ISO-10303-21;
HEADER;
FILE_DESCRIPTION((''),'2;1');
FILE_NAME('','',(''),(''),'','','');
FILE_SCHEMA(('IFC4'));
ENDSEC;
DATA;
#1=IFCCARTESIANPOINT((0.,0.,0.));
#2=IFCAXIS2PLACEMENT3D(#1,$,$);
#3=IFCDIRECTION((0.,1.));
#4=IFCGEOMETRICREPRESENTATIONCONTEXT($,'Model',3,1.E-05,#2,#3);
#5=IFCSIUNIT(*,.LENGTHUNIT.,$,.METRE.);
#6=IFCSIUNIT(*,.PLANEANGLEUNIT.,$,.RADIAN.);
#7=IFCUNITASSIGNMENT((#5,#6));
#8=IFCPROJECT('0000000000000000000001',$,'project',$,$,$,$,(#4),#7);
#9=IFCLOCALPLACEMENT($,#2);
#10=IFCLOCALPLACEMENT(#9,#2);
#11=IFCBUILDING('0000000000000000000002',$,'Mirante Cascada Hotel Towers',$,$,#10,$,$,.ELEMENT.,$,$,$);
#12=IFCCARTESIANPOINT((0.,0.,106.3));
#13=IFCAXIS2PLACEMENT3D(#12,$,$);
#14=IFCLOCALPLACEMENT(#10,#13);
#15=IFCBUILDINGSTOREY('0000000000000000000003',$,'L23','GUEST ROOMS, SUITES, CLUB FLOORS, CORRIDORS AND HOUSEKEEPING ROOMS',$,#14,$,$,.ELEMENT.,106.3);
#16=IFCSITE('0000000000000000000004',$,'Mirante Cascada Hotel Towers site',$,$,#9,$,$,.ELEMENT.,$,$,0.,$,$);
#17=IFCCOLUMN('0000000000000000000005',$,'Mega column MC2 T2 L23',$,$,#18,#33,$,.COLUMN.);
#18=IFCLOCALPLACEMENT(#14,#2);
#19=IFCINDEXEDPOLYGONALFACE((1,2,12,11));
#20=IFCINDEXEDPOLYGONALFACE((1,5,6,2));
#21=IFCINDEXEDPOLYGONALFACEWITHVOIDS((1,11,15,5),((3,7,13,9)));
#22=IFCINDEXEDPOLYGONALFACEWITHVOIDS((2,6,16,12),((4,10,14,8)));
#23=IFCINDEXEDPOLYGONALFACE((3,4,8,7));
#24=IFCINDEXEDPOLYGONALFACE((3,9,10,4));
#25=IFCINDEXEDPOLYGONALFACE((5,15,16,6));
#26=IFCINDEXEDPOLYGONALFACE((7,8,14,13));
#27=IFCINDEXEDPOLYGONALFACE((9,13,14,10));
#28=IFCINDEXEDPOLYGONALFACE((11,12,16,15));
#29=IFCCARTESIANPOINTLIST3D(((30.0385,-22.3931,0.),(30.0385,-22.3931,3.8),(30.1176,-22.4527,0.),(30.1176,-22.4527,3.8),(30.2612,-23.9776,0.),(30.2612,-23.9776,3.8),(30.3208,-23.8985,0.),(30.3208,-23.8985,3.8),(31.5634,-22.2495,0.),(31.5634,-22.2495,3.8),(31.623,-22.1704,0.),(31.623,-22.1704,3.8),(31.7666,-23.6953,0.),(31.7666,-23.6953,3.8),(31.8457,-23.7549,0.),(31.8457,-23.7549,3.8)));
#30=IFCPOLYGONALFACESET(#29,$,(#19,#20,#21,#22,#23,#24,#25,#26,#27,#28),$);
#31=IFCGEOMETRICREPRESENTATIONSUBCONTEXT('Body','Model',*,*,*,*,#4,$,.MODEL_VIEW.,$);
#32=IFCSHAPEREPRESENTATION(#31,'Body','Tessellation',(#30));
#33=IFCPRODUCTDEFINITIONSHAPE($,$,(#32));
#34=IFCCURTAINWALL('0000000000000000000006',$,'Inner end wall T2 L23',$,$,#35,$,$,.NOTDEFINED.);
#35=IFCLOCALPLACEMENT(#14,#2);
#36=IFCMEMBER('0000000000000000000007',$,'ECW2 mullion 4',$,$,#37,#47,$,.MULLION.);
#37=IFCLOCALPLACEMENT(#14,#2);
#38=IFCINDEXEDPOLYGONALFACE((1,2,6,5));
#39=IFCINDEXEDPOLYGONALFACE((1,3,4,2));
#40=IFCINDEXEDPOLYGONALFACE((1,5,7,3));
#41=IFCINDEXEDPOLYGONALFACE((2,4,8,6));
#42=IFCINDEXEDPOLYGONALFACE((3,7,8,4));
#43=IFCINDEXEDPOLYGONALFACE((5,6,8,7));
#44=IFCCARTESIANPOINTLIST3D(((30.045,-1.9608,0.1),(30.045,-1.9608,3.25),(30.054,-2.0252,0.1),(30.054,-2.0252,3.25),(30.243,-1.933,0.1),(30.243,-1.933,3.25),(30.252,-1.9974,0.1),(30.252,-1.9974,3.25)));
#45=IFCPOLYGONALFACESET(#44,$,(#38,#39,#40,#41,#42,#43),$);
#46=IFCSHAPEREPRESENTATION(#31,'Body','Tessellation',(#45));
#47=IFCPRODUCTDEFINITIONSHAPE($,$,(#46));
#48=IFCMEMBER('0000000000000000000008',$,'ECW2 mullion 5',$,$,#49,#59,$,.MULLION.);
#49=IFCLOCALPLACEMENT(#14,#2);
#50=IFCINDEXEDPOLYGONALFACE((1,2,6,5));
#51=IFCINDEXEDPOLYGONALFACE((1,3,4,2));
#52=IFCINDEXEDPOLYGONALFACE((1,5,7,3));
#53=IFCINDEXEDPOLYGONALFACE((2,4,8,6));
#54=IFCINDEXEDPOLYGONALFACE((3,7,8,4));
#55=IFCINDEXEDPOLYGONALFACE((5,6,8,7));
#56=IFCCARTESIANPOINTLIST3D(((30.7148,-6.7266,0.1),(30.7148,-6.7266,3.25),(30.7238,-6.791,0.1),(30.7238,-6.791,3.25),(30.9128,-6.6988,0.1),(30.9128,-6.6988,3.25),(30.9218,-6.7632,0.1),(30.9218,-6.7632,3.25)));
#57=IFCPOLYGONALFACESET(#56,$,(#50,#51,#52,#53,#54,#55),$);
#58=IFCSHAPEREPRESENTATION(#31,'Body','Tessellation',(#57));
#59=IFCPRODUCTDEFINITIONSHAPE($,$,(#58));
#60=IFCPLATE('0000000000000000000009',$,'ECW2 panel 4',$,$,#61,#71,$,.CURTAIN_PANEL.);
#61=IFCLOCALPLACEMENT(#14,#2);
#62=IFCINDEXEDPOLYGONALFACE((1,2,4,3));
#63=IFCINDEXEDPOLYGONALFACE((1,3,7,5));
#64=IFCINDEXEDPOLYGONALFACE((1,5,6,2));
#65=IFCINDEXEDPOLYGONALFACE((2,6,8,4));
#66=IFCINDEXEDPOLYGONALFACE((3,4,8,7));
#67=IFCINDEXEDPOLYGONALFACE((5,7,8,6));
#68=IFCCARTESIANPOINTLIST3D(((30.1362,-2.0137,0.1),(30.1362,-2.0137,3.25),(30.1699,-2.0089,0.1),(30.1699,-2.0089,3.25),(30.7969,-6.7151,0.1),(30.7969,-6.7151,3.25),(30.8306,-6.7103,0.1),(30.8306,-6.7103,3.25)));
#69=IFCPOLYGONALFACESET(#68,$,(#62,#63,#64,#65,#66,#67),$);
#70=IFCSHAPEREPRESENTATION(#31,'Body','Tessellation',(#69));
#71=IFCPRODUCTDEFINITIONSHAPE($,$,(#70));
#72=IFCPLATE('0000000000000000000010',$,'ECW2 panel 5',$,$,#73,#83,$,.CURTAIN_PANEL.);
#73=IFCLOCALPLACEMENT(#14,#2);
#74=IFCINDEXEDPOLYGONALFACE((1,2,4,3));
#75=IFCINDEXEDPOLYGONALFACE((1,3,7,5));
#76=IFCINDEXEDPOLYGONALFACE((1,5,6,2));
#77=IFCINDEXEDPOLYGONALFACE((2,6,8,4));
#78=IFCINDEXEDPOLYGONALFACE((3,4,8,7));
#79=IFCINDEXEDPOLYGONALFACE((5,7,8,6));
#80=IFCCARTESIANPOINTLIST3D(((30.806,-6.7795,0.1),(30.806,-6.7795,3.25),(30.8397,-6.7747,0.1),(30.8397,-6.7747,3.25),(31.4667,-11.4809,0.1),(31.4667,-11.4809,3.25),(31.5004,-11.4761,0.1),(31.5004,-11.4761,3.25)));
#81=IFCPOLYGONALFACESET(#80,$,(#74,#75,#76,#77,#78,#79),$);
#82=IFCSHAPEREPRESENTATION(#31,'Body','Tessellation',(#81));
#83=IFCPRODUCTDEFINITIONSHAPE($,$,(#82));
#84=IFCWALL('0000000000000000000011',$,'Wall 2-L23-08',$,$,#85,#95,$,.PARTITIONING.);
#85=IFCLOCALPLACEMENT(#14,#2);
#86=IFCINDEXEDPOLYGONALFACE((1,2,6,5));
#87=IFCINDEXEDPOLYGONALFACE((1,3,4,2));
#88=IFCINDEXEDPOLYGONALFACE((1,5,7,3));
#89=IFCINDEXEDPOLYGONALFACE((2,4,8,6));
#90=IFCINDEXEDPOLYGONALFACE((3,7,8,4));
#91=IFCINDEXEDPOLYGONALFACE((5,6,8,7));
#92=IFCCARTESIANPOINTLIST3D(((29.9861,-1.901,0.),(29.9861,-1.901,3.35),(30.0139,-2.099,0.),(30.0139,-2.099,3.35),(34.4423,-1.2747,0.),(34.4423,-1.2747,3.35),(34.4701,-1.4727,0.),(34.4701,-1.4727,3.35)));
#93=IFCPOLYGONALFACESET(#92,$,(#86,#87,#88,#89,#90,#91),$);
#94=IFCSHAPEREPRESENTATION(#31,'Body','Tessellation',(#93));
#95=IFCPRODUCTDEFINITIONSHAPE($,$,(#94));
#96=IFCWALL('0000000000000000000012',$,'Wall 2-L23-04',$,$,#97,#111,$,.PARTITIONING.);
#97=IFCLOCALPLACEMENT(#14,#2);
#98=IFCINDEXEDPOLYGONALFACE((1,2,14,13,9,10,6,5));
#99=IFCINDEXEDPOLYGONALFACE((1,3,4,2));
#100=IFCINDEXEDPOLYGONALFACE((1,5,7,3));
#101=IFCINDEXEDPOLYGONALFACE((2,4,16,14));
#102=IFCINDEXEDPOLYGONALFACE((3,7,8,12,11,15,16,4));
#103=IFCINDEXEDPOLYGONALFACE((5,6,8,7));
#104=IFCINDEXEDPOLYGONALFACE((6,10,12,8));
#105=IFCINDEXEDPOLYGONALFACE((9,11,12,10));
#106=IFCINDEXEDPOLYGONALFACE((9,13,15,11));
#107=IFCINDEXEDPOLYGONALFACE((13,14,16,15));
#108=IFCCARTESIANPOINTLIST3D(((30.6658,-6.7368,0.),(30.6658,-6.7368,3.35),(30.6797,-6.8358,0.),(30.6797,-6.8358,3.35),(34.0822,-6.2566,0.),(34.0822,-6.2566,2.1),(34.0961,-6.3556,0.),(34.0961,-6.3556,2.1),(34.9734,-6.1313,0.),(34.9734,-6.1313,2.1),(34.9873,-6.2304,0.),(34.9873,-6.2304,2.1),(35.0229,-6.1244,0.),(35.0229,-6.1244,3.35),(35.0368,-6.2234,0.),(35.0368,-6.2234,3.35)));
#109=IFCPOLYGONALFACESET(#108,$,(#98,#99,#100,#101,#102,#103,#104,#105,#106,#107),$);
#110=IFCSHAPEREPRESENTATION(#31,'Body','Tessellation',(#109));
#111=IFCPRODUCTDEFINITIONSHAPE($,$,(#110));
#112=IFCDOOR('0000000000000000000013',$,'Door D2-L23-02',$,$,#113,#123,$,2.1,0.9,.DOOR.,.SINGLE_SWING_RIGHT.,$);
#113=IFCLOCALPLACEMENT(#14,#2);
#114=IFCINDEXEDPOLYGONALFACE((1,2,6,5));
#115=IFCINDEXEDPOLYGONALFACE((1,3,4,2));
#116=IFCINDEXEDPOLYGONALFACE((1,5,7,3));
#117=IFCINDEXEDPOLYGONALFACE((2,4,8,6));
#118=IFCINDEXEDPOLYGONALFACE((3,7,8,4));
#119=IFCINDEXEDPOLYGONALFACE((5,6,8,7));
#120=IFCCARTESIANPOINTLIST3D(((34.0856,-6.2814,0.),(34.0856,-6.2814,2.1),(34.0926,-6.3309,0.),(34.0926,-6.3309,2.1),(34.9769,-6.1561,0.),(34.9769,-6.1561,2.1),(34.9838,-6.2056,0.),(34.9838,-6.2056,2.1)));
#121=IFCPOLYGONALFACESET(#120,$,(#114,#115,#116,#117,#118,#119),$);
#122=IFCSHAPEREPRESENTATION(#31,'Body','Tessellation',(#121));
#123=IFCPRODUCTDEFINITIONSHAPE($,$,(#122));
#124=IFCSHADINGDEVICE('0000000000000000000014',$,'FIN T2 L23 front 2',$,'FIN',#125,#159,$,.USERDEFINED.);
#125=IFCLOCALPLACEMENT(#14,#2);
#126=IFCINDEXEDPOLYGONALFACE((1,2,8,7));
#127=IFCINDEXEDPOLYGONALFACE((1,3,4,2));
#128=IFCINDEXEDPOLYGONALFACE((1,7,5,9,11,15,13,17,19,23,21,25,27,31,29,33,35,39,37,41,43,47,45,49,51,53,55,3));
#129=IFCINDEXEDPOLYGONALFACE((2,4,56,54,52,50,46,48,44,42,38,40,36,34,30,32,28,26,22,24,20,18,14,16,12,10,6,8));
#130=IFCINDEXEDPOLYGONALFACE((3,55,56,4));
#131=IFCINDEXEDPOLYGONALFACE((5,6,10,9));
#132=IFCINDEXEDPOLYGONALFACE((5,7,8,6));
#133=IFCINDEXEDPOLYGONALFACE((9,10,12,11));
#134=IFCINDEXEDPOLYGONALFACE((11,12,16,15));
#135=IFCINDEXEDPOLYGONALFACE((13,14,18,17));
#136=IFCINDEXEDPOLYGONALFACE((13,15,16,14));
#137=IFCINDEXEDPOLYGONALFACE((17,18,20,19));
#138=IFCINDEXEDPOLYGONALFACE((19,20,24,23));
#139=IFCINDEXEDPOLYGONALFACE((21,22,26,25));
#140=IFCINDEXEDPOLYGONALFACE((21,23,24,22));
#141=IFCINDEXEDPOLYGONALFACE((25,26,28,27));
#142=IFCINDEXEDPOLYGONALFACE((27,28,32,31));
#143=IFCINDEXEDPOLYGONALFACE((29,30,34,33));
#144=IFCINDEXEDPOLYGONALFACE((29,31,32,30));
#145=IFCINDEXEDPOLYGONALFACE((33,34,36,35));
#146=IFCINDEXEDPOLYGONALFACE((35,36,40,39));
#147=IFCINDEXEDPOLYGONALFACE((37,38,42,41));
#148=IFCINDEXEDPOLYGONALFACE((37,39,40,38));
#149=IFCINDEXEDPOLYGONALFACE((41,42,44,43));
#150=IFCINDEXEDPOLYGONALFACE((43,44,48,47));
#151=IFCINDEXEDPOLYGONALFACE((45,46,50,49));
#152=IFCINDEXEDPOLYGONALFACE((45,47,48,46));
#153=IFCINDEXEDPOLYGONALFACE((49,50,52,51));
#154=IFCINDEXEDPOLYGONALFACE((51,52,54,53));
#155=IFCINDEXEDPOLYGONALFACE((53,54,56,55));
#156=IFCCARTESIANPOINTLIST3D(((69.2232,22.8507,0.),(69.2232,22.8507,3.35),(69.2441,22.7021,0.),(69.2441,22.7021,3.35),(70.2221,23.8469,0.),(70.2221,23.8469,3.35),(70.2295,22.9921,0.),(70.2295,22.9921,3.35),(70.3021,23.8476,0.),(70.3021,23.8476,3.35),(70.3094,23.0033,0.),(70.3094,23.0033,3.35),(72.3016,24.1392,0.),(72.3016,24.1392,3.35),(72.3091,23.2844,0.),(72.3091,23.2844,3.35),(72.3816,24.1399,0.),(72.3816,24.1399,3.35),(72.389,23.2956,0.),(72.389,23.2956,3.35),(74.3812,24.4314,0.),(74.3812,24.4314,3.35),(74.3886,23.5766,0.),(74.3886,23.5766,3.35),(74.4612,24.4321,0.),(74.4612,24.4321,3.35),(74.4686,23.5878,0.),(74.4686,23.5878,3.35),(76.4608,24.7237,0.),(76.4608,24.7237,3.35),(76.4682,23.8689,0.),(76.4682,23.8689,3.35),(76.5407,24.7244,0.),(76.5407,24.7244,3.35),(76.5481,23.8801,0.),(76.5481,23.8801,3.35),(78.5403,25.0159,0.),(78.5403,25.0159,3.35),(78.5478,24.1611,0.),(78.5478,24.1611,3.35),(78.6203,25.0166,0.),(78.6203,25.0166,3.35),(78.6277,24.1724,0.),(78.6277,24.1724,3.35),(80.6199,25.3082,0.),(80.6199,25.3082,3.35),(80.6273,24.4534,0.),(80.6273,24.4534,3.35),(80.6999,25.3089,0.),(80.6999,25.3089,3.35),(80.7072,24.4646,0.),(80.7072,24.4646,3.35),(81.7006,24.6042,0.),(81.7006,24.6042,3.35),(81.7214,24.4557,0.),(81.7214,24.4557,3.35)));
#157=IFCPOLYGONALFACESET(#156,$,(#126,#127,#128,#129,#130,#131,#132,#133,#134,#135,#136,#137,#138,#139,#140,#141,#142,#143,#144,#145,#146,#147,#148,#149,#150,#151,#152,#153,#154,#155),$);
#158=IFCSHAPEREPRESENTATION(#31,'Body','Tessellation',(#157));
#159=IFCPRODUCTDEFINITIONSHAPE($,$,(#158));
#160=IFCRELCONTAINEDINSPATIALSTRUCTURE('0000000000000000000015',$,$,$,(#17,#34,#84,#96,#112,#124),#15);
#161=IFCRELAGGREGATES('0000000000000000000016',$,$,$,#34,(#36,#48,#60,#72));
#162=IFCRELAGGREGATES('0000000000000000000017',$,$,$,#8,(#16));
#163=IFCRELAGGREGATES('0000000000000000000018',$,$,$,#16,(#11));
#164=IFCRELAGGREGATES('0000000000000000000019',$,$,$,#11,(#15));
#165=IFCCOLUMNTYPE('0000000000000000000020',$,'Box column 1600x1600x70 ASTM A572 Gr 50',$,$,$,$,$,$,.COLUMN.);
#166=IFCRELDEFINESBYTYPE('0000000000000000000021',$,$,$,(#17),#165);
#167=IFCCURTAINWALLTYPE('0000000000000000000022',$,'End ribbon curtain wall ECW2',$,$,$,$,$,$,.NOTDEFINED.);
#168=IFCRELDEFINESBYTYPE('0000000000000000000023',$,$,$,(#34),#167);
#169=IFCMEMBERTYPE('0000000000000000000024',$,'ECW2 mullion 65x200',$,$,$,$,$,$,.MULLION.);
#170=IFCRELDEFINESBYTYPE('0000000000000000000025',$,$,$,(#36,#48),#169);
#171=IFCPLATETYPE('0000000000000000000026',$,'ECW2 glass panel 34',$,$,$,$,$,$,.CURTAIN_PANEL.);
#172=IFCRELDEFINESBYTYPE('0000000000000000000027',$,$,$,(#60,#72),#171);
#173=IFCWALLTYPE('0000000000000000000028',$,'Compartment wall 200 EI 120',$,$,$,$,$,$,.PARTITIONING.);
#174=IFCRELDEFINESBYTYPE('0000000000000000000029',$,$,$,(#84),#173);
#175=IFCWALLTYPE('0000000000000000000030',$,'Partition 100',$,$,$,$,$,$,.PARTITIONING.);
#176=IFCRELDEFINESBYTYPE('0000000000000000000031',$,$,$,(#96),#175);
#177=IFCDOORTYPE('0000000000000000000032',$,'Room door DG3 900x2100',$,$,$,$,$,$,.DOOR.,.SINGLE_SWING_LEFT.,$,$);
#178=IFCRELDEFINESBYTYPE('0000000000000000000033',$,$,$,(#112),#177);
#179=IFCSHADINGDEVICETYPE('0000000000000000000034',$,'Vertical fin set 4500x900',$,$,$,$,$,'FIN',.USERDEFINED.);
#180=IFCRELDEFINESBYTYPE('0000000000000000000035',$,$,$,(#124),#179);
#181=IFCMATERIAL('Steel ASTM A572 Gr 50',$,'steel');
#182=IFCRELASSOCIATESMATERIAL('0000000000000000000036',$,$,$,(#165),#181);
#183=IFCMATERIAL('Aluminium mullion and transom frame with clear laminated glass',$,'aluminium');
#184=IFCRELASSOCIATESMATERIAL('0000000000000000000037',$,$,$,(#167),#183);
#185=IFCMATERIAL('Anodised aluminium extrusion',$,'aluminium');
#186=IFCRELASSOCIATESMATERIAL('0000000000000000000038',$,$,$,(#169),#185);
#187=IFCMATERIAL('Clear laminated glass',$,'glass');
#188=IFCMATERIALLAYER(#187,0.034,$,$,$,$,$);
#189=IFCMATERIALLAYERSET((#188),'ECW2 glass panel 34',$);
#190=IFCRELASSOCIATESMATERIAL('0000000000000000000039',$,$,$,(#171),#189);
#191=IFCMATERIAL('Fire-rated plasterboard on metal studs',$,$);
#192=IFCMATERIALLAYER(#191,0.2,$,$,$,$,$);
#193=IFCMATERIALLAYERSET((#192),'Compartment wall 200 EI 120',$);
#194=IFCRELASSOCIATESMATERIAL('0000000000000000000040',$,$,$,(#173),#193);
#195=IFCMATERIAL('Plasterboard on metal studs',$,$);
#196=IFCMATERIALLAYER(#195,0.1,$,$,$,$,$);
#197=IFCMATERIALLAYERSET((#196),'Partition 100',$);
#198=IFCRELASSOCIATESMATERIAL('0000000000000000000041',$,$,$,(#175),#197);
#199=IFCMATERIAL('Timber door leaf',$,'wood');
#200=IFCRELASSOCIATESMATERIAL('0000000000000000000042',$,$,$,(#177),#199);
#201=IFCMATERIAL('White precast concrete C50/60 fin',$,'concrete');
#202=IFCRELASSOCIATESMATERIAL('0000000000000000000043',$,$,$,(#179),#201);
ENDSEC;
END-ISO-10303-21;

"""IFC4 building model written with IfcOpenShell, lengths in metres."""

from ifc_helpers import new_model, si_unit, direction, frame, frame_2d, origin, origin_2d, place, context, subcontext, project, spatial, polyline, rectangle, hollow_rectangle, outline, extrude, material, layer, layer_set, material_profile, profile_set, type_object, element, fill, aggregate, save


model = new_model("IFC4")

# Units and contexts
model_context = context("Model", 3, precision=1e-05, world=origin(), true_north=direction((0.0, 1.0)))
body_context = subcontext(model_context, "Body", "Model", "MODEL_VIEW")
ifc_project = project(units=[si_unit("LENGTHUNIT", "METRE"), si_unit("PLANEANGLEUNIT", "RADIAN")], contexts=[model_context])

# Site, building, storey
site_placement = place(None, origin())
site = spatial("IfcSite", under=ifc_project, at=site_placement, Name="Mirante Cascada Hotel Towers site", CompositionType="ELEMENT", RefElevation=0.0)
building_placement = place(site_placement, origin())
building = spatial("IfcBuilding", under=site, at=building_placement, Name="Mirante Cascada Hotel Towers", CompositionType="ELEMENT")
storey_placement = place(building_placement, frame((0.0, 0.0, 106.3)))
storey = spatial("IfcBuildingStorey", under=building, at=storey_placement, Name="L23", Description="GUEST ROOMS, SUITES, CLUB FLOORS, CORRIDORS AND HOUSEKEEPING ROOMS", CompositionType="ELEMENT", Elevation=106.3)

# Column
ifc_material_1 = material(Name="Steel ASTM A572 Gr 50", Category="steel")
ifc_material_profile_1 = material_profile(ifc_material_1, hollow_rectangle(XDim=1.6, YDim=1.6, WallThickness=0.07, at=origin_2d()), Name="Box column 1600x1600x70 ASTM A572 Gr 50")
ifc_profile_set_1 = profile_set([ifc_material_profile_1], Name="Steel ASTM A572 Gr 50")
column_type = type_object("IfcColumnType", Name="Box column 1600x1600x70 ASTM A572 Gr 50", PredefinedType="COLUMN", material=ifc_profile_set_1)
column_placement = place(storey_placement, frame((30.9421, -23.074, 0.0), z_axis=(0.0, 0.0, 1.0), x_axis=(0.990268, 0.139173, 0.0)))
element("IfcColumn", 1, at=column_placement, inside=storey, type_object=column_type, Name="Mega column MC2 T2 L23", PredefinedType="COLUMN", context=body_context, shape_type="SweptSolid", body=[
    extrude(hollow_rectangle(XDim=1.6, YDim=1.6, WallThickness=0.07, at=origin_2d()), origin(), (0.0, 0.0, 1.0), 3.8),
])

# Curtain wall, members, plates
ifc_material_2 = material(Name="Aluminium mullion and transom frame with clear laminated glass", Category="aluminium")
curtain_wall_type = type_object("IfcCurtainWallType", Name="End ribbon curtain wall ECW2", PredefinedType="NOTDEFINED", material=ifc_material_2)
curtain_wall_placement = place(storey_placement, origin())
curtain_wall = element("IfcCurtainWall", 2, at=curtain_wall_placement, inside=storey, type_object=curtain_wall_type, Name="Inner end wall T2 L23", PredefinedType="NOTDEFINED")
ifc_material_3 = material(Name="Anodised aluminium extrusion", Category="aluminium")
ifc_material_profile_2 = material_profile(ifc_material_3, rectangle(XDim=0.2, YDim=0.065, at=origin_2d()), Name="ECW2 MULLION 65x200")
ifc_profile_set_2 = profile_set([ifc_material_profile_2], Name="Anodised aluminium extrusion")
member_type = type_object("IfcMemberType", Name="ECW2 mullion 65x200", PredefinedType="MULLION", material=ifc_profile_set_2)
member_1_placement = place(storey_placement, frame((30.1485, -1.9791, 0.1), z_axis=(0.0, 0.0, 1.0), x_axis=(0.990268, 0.139173, 0.0)))
member_1 = element("IfcMember", 3, at=member_1_placement, type_object=member_type, Name="ECW2 mullion 4", PredefinedType="MULLION", context=body_context, shape_type="SweptSolid", body=[
    extrude(rectangle(XDim=0.2, YDim=0.065, at=origin_2d()), origin(), (0.0, 0.0, 1.0), 3.15),
])
member_2_placement = place(storey_placement, frame((30.8183, -6.7449, 0.1), z_axis=(0.0, 0.0, 1.0), x_axis=(0.990268, 0.139173, 0.0)))
member_2 = element("IfcMember", 4, at=member_2_placement, type_object=member_type, Name="ECW2 mullion 5", PredefinedType="MULLION", context=body_context, shape_type="SweptSolid", body=[
    extrude(rectangle(XDim=0.2, YDim=0.065, at=origin_2d()), origin(), (0.0, 0.0, 1.0), 3.15),
])
ifc_material_4 = material(Name="Clear laminated glass", Category="glass")
ifc_layer_1 = layer(ifc_material_4, 0.034)
ifc_layer_set_1 = layer_set([ifc_layer_1], Name="ECW2 glass panel 34")
plate_type = type_object("IfcPlateType", Name="ECW2 glass panel 34", PredefinedType="CURTAIN_PANEL", material=ifc_layer_set_1)
plate_1_placement = place(storey_placement, frame((30.4834, -4.362, 0.1), z_axis=(0.0, 0.0, 1.0), x_axis=(0.139173, -0.990268, 0.0)))
plate_1 = element("IfcPlate", 5, at=plate_1_placement, type_object=plate_type, Name="ECW2 panel 4", PredefinedType="CURTAIN_PANEL", context=body_context, shape_type="SweptSolid", body=[
    extrude(rectangle(XDim=4.7476, YDim=0.034, at=origin_2d()), origin(), (0.0, 0.0, 1.0), 3.15),
])
plate_2_placement = place(storey_placement, frame((31.1532, -9.1278, 0.1), z_axis=(0.0, 0.0, 1.0), x_axis=(0.139173, -0.990268, 0.0)))
plate_2 = element("IfcPlate", 6, at=plate_2_placement, type_object=plate_type, Name="ECW2 panel 5", PredefinedType="CURTAIN_PANEL", context=body_context, shape_type="SweptSolid", body=[
    extrude(rectangle(XDim=4.7476, YDim=0.034, at=origin_2d()), origin(), (0.0, 0.0, 1.0), 3.15),
])
aggregate(curtain_wall, [member_1, member_2, plate_1, plate_2])

# Wall
ifc_material_5 = material(Name="Fire-rated plasterboard on metal studs")
ifc_layer_2 = layer(ifc_material_5, 0.2)
ifc_layer_set_2 = layer_set([ifc_layer_2], Name="Compartment wall 200 EI 120")
wall_type_1 = type_object("IfcWallType", Name="Compartment wall 200 EI 120", PredefinedType="PARTITIONING", material=ifc_layer_set_2)
wall_1_placement = place(storey_placement, frame((30.0, -2.0, 0.0), z_axis=(0.0, 0.0, 1.0), x_axis=(0.990267, 0.139178, 0.0)))
element("IfcWall", 7, at=wall_1_placement, inside=storey, type_object=wall_type_1, Name="Wall 2-L23-08", PredefinedType="PARTITIONING", context=body_context, shape_type="SweptSolid", body=[
    extrude(rectangle(XDim=4.5, YDim=0.2, at=frame_2d((2.25, 0.0))), origin(), (0.0, 0.0, 1.0), 3.35),
])

# Wall, opening, door
ifc_material_6 = material(Name="Plasterboard on metal studs")
ifc_layer_3 = layer(ifc_material_6, 0.1)
ifc_layer_set_3 = layer_set([ifc_layer_3], Name="Partition 100")
wall_type_2 = type_object("IfcWallType", Name="Partition 100", PredefinedType="PARTITIONING", material=ifc_layer_set_3)
wall_2_placement = place(storey_placement, frame((30.6727, -6.7863, 0.0), z_axis=(0.0, 0.0, 1.0), x_axis=(0.990267, 0.139184, 0.0)))
wall_2 = element("IfcWall", 8, at=wall_2_placement, inside=storey, type_object=wall_type_2, Name="Wall 2-L23-04", PredefinedType="PARTITIONING", context=body_context, shape_type="SweptSolid", body=[
    extrude(rectangle(XDim=4.3999, YDim=0.1, at=frame_2d((2.2, 0.0))), origin(), (0.0, 0.0, 1.0), 3.35),
])
opening_placement = place(wall_2_placement, frame((3.45, 0.0, 0.0)))
opening = element("IfcOpeningElement", 9, at=opening_placement, cuts=wall_2, PredefinedType="OPENING", context=body_context, shape_type="SweptSolid", body=[
    extrude(rectangle(XDim=0.9, YDim=2.1, at=frame_2d((0.45, 1.05))), frame((0.0, 0.05, 0.0), z_axis=(0.0, -1.0, 0.0), x_axis=(1.0, 0.0, 0.0)), (0.0, 0.0, 1.0), 0.1),
])
ifc_material_7 = material(Name="Timber door leaf", Category="wood")
door_type = type_object("IfcDoorType", Name="Room door DG3 900x2100", OperationType="SINGLE_SWING_LEFT", PredefinedType="DOOR", material=ifc_material_7)
door_placement = place(opening_placement, frame((0.9, 0.0, 0.0), z_axis=(0.0, 0.0, 1.0), x_axis=(-1.0, 0.0, 0.0)))
door = element("IfcDoor", 10, at=door_placement, inside=storey, type_object=door_type, Name="Door D2-L23-02", OperationType="SINGLE_SWING_RIGHT", OverallHeight=2.1, OverallWidth=0.9, PredefinedType="DOOR", context=body_context, shape_type="SweptSolid", body=[
    extrude(rectangle(XDim=0.9, YDim=2.1, at=frame_2d((0.45, 1.05))), frame((0.0, 0.025, 0.0), z_axis=(0.0, -1.0, 0.0), x_axis=(1.0, 0.0, 0.0)), (0.0, 0.0, 1.0), 0.05),
])
fill(opening, door)

# Shading device
ifc_material_8 = material(Name="White precast concrete C50/60 fin", Category="concrete")
shading_device_type = type_object("IfcShadingDeviceType", Name="Vertical fin set 4500x900", ElementType="FIN", PredefinedType="USERDEFINED", material=ifc_material_8)
shading_device_1_placement = place(storey_placement, origin())
element("IfcShadingDevice", 11, at=shading_device_1_placement, inside=storey, type_object=shading_device_type, Name="FIN T2 L23 front 2", ObjectType="FIN", PredefinedType="USERDEFINED", context=body_context, shape_type="SweptSolid", body=[
    extrude(outline(polyline([(70.3021, 23.8476), (70.3094, 23.0033), (72.3091, 23.2844), (72.3016, 24.1392), (72.3816, 24.1399), (72.389, 23.2956), (74.3886, 23.5766), (74.3812, 24.4314), (74.4612, 24.4321), (74.4686, 23.5878), (76.4682, 23.8689), (76.4608, 24.7237), (76.5407, 24.7244), (76.5481, 23.8801), (78.5478, 24.1611), (78.5403, 25.0159), (78.6203, 25.0166), (78.6277, 24.1724), (80.6273, 24.4534), (80.6199, 25.3082), (80.6999, 25.3089), (80.7072, 24.4646), (81.7006, 24.6042), (81.7214, 24.4557), (69.2441, 22.7021), (69.2232, 22.8507), (70.2295, 22.9921), (70.2221, 23.8469), (70.3021, 23.8476)])), origin(), (0.0, 0.0, 1.0), 3.35),
])

save(model, "model.ifc")
